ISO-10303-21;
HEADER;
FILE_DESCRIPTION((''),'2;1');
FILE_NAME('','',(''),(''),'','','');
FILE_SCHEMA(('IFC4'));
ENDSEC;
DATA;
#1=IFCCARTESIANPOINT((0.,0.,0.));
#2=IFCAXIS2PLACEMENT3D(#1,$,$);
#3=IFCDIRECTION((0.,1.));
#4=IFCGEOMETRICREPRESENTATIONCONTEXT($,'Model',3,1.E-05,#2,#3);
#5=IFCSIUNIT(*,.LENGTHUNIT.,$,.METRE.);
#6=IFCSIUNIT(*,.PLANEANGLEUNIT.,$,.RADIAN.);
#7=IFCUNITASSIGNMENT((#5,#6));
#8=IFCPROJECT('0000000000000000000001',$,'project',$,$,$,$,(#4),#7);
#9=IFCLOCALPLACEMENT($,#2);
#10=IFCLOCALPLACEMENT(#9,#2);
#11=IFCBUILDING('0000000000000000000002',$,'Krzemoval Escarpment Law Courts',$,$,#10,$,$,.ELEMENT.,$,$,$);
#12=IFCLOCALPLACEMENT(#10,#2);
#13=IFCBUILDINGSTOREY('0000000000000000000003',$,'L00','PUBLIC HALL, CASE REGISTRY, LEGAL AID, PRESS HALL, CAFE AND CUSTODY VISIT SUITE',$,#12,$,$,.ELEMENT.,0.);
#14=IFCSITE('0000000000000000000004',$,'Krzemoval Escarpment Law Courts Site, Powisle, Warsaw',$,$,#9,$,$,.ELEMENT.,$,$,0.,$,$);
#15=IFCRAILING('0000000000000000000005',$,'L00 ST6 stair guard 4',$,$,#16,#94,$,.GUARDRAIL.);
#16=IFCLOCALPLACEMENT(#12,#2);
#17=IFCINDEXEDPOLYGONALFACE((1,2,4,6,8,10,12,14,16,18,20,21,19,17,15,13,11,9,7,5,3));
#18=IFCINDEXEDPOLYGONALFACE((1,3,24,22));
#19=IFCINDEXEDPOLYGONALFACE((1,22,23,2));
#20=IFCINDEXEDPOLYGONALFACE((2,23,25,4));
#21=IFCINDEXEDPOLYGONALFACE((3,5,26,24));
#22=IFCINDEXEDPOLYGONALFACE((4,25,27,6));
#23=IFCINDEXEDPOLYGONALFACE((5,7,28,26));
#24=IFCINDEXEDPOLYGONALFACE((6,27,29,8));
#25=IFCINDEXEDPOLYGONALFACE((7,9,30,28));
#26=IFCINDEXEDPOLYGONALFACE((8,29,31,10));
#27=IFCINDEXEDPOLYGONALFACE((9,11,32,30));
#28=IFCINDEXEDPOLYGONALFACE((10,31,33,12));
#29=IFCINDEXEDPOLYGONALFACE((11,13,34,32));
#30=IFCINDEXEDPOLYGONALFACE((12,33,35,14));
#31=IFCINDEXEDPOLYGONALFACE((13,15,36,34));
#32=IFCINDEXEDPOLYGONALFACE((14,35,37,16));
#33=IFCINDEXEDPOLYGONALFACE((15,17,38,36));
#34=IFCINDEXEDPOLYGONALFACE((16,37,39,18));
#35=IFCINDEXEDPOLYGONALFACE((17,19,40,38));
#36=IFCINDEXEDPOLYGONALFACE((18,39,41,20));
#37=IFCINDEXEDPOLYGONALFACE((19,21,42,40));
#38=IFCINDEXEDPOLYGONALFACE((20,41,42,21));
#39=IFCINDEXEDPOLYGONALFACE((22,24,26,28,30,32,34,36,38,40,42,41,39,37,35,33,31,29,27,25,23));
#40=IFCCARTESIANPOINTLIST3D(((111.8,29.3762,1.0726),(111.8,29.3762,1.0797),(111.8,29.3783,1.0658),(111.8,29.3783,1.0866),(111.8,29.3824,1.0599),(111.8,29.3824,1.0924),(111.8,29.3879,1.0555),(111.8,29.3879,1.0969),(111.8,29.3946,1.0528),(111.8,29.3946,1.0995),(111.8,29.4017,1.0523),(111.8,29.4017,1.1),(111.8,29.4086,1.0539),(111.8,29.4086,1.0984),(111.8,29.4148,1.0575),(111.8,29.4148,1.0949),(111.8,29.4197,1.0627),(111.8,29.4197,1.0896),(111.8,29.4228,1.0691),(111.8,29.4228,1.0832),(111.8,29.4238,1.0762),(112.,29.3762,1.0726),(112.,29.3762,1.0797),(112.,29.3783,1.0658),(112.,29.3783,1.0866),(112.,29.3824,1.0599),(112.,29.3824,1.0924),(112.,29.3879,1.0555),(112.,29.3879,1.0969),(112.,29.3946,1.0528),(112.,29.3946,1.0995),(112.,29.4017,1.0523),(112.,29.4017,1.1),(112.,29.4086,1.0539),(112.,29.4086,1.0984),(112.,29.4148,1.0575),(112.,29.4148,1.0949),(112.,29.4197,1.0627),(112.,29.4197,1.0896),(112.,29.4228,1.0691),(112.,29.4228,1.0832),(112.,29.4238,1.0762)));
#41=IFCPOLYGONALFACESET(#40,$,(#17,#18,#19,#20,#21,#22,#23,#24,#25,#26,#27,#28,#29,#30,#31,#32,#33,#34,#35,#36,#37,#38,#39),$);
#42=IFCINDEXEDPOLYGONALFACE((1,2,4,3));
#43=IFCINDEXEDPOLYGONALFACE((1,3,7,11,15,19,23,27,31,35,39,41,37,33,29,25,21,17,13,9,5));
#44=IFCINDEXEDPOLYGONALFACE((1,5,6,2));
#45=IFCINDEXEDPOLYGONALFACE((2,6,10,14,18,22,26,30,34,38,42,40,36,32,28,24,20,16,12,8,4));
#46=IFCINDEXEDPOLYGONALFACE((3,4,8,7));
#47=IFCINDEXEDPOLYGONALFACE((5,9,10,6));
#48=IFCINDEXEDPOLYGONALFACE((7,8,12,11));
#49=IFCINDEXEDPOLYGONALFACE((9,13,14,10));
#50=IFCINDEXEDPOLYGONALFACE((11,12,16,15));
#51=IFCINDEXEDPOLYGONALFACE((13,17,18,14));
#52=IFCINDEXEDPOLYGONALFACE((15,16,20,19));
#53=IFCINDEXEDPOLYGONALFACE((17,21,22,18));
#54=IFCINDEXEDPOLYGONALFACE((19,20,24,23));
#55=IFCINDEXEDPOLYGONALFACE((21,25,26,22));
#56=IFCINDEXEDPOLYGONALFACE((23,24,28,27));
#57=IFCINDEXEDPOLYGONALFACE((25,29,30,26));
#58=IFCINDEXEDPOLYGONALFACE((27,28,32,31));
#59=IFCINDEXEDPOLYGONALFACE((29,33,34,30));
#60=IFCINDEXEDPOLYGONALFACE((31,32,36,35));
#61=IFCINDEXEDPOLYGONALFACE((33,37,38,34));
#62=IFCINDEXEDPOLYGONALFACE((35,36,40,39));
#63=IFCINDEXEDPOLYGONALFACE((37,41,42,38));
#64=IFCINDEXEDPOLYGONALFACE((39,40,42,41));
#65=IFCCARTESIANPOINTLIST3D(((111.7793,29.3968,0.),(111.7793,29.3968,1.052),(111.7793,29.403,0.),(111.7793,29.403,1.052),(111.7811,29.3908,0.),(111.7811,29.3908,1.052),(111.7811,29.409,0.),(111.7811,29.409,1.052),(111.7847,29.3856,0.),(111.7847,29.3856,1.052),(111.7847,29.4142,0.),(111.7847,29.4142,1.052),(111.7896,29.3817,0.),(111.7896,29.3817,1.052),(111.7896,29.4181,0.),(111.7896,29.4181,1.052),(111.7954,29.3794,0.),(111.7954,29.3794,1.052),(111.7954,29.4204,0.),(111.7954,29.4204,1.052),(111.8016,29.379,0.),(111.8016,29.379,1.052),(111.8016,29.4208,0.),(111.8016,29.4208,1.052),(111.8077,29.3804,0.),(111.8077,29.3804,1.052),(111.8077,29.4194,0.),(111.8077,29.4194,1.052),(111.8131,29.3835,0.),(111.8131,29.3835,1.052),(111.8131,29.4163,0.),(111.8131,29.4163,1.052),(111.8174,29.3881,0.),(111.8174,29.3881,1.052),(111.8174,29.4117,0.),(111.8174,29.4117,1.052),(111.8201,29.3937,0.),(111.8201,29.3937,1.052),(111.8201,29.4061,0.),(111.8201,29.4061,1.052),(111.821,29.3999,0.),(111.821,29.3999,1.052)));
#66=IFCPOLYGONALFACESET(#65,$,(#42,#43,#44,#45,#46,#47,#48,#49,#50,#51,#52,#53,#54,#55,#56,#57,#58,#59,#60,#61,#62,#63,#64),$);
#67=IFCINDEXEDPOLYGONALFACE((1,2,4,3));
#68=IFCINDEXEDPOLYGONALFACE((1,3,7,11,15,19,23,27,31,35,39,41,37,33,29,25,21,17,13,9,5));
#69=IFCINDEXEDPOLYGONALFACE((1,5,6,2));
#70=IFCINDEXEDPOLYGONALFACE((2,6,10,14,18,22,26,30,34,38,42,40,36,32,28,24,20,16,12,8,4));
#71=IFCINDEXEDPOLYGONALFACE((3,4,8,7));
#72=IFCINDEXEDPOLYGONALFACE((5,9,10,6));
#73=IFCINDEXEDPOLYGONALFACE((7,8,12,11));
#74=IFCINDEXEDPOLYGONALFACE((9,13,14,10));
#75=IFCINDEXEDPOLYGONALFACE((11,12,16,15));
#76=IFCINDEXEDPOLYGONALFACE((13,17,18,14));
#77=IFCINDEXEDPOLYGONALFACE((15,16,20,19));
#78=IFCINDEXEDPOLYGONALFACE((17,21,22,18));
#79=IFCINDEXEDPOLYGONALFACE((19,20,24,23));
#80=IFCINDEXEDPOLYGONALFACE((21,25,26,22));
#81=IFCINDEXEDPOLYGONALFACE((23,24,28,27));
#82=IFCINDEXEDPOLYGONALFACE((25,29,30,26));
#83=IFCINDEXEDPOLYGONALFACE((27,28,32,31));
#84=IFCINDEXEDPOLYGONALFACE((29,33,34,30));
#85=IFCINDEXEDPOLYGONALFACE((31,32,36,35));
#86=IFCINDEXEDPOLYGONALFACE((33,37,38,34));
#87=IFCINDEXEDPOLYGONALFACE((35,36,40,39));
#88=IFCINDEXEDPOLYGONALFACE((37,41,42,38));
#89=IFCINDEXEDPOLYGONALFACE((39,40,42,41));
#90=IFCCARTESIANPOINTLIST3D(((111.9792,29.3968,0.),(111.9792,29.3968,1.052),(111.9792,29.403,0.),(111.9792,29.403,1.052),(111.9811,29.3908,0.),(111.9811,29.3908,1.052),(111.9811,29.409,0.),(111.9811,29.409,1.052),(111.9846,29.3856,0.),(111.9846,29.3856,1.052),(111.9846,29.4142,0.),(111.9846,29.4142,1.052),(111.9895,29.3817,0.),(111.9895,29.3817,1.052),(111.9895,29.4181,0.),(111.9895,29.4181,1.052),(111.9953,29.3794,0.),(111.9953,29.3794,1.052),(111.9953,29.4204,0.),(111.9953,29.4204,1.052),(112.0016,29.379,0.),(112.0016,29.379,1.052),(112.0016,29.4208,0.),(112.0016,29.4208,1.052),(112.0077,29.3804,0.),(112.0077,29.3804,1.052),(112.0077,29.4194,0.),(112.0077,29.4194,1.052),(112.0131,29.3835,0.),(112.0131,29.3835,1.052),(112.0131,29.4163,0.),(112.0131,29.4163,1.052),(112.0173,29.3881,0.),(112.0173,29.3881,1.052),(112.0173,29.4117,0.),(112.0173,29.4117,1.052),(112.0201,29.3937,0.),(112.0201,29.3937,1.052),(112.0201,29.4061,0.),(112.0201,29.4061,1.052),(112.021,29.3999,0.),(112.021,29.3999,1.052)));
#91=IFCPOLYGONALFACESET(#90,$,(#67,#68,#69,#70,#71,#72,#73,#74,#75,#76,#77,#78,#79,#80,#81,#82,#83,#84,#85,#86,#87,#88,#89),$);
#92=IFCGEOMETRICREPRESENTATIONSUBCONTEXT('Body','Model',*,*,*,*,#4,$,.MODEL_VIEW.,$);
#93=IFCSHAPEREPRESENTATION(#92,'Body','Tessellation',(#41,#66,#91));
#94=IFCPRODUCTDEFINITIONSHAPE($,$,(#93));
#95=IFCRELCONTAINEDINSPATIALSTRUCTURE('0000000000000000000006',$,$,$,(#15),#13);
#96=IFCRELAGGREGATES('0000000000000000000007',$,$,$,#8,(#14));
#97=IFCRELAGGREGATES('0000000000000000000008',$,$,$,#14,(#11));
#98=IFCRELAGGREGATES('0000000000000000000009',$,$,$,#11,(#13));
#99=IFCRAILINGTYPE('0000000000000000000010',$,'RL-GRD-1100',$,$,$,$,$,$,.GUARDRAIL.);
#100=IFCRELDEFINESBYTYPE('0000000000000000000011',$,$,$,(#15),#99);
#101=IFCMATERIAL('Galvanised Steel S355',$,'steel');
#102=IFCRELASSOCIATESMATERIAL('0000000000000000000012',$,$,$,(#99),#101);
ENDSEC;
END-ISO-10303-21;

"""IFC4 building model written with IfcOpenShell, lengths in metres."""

from ifc_helpers import new_model, si_unit, direction, frame, origin, origin_2d, place, context, subcontext, project, spatial, circle, extrude, material, type_object, element, save


model = new_model("IFC4")

# Units and contexts
model_context = context("Model", 3, precision=1e-05, world=origin(), true_north=direction((0.0, 1.0)))
body_context = subcontext(model_context, "Body", "Model", "MODEL_VIEW")
ifc_project = project(units=[si_unit("LENGTHUNIT", "METRE"), si_unit("PLANEANGLEUNIT", "RADIAN")], contexts=[model_context])

# Site, building, storey
site_placement = place(None, origin())
site = spatial("IfcSite", under=ifc_project, at=site_placement, Name="Krzemoval Escarpment Law Courts Site, Powisle, Warsaw", CompositionType="ELEMENT", RefElevation=0.0)
building_placement = place(site_placement, origin())
building = spatial("IfcBuilding", under=site, at=building_placement, Name="Krzemoval Escarpment Law Courts", CompositionType="ELEMENT")
storey_placement = place(building_placement, origin())
storey = spatial("IfcBuildingStorey", under=building, at=storey_placement, Name="L00", Description="PUBLIC HALL, CASE REGISTRY, LEGAL AID, PRESS HALL, CAFE AND CUSTODY VISIT SUITE", CompositionType="ELEMENT", Elevation=0.0)

# Railing
ifc_material_1 = material(Name="Galvanised Steel S355", Category="steel")
railing_type_1 = type_object("IfcRailingType", Name="RL-GRD-1100", PredefinedType="GUARDRAIL", material=ifc_material_1)
railing_1_placement = place(storey_placement, frame((111.8, 29.3999, 0.0)))
element("IfcRailing", 1, at=railing_1_placement, inside=storey, type_object=railing_type_1, Name="L00 ST6 stair guard 4", PredefinedType="GUARDRAIL", context=body_context, shape_type="SweptSolid", body=[
    extrude(circle(Radius=0.0239, at=origin_2d()), frame((0.0, 0.0, 1.0762), z_axis=(1.0, 0.0, 0.0), x_axis=(0.0, 1.0, 0.0)), (0.0, 0.0, 1.0), 0.2),
    extrude(circle(Radius=0.021, at=origin_2d()), origin(), (0.0, 0.0, 1.0), 1.052),
    extrude(circle(Radius=0.021, at=origin_2d()), frame((0.2, 0.0, 0.0)), (0.0, 0.0, 1.0), 1.052),
])

save(model, "model.ifc")
